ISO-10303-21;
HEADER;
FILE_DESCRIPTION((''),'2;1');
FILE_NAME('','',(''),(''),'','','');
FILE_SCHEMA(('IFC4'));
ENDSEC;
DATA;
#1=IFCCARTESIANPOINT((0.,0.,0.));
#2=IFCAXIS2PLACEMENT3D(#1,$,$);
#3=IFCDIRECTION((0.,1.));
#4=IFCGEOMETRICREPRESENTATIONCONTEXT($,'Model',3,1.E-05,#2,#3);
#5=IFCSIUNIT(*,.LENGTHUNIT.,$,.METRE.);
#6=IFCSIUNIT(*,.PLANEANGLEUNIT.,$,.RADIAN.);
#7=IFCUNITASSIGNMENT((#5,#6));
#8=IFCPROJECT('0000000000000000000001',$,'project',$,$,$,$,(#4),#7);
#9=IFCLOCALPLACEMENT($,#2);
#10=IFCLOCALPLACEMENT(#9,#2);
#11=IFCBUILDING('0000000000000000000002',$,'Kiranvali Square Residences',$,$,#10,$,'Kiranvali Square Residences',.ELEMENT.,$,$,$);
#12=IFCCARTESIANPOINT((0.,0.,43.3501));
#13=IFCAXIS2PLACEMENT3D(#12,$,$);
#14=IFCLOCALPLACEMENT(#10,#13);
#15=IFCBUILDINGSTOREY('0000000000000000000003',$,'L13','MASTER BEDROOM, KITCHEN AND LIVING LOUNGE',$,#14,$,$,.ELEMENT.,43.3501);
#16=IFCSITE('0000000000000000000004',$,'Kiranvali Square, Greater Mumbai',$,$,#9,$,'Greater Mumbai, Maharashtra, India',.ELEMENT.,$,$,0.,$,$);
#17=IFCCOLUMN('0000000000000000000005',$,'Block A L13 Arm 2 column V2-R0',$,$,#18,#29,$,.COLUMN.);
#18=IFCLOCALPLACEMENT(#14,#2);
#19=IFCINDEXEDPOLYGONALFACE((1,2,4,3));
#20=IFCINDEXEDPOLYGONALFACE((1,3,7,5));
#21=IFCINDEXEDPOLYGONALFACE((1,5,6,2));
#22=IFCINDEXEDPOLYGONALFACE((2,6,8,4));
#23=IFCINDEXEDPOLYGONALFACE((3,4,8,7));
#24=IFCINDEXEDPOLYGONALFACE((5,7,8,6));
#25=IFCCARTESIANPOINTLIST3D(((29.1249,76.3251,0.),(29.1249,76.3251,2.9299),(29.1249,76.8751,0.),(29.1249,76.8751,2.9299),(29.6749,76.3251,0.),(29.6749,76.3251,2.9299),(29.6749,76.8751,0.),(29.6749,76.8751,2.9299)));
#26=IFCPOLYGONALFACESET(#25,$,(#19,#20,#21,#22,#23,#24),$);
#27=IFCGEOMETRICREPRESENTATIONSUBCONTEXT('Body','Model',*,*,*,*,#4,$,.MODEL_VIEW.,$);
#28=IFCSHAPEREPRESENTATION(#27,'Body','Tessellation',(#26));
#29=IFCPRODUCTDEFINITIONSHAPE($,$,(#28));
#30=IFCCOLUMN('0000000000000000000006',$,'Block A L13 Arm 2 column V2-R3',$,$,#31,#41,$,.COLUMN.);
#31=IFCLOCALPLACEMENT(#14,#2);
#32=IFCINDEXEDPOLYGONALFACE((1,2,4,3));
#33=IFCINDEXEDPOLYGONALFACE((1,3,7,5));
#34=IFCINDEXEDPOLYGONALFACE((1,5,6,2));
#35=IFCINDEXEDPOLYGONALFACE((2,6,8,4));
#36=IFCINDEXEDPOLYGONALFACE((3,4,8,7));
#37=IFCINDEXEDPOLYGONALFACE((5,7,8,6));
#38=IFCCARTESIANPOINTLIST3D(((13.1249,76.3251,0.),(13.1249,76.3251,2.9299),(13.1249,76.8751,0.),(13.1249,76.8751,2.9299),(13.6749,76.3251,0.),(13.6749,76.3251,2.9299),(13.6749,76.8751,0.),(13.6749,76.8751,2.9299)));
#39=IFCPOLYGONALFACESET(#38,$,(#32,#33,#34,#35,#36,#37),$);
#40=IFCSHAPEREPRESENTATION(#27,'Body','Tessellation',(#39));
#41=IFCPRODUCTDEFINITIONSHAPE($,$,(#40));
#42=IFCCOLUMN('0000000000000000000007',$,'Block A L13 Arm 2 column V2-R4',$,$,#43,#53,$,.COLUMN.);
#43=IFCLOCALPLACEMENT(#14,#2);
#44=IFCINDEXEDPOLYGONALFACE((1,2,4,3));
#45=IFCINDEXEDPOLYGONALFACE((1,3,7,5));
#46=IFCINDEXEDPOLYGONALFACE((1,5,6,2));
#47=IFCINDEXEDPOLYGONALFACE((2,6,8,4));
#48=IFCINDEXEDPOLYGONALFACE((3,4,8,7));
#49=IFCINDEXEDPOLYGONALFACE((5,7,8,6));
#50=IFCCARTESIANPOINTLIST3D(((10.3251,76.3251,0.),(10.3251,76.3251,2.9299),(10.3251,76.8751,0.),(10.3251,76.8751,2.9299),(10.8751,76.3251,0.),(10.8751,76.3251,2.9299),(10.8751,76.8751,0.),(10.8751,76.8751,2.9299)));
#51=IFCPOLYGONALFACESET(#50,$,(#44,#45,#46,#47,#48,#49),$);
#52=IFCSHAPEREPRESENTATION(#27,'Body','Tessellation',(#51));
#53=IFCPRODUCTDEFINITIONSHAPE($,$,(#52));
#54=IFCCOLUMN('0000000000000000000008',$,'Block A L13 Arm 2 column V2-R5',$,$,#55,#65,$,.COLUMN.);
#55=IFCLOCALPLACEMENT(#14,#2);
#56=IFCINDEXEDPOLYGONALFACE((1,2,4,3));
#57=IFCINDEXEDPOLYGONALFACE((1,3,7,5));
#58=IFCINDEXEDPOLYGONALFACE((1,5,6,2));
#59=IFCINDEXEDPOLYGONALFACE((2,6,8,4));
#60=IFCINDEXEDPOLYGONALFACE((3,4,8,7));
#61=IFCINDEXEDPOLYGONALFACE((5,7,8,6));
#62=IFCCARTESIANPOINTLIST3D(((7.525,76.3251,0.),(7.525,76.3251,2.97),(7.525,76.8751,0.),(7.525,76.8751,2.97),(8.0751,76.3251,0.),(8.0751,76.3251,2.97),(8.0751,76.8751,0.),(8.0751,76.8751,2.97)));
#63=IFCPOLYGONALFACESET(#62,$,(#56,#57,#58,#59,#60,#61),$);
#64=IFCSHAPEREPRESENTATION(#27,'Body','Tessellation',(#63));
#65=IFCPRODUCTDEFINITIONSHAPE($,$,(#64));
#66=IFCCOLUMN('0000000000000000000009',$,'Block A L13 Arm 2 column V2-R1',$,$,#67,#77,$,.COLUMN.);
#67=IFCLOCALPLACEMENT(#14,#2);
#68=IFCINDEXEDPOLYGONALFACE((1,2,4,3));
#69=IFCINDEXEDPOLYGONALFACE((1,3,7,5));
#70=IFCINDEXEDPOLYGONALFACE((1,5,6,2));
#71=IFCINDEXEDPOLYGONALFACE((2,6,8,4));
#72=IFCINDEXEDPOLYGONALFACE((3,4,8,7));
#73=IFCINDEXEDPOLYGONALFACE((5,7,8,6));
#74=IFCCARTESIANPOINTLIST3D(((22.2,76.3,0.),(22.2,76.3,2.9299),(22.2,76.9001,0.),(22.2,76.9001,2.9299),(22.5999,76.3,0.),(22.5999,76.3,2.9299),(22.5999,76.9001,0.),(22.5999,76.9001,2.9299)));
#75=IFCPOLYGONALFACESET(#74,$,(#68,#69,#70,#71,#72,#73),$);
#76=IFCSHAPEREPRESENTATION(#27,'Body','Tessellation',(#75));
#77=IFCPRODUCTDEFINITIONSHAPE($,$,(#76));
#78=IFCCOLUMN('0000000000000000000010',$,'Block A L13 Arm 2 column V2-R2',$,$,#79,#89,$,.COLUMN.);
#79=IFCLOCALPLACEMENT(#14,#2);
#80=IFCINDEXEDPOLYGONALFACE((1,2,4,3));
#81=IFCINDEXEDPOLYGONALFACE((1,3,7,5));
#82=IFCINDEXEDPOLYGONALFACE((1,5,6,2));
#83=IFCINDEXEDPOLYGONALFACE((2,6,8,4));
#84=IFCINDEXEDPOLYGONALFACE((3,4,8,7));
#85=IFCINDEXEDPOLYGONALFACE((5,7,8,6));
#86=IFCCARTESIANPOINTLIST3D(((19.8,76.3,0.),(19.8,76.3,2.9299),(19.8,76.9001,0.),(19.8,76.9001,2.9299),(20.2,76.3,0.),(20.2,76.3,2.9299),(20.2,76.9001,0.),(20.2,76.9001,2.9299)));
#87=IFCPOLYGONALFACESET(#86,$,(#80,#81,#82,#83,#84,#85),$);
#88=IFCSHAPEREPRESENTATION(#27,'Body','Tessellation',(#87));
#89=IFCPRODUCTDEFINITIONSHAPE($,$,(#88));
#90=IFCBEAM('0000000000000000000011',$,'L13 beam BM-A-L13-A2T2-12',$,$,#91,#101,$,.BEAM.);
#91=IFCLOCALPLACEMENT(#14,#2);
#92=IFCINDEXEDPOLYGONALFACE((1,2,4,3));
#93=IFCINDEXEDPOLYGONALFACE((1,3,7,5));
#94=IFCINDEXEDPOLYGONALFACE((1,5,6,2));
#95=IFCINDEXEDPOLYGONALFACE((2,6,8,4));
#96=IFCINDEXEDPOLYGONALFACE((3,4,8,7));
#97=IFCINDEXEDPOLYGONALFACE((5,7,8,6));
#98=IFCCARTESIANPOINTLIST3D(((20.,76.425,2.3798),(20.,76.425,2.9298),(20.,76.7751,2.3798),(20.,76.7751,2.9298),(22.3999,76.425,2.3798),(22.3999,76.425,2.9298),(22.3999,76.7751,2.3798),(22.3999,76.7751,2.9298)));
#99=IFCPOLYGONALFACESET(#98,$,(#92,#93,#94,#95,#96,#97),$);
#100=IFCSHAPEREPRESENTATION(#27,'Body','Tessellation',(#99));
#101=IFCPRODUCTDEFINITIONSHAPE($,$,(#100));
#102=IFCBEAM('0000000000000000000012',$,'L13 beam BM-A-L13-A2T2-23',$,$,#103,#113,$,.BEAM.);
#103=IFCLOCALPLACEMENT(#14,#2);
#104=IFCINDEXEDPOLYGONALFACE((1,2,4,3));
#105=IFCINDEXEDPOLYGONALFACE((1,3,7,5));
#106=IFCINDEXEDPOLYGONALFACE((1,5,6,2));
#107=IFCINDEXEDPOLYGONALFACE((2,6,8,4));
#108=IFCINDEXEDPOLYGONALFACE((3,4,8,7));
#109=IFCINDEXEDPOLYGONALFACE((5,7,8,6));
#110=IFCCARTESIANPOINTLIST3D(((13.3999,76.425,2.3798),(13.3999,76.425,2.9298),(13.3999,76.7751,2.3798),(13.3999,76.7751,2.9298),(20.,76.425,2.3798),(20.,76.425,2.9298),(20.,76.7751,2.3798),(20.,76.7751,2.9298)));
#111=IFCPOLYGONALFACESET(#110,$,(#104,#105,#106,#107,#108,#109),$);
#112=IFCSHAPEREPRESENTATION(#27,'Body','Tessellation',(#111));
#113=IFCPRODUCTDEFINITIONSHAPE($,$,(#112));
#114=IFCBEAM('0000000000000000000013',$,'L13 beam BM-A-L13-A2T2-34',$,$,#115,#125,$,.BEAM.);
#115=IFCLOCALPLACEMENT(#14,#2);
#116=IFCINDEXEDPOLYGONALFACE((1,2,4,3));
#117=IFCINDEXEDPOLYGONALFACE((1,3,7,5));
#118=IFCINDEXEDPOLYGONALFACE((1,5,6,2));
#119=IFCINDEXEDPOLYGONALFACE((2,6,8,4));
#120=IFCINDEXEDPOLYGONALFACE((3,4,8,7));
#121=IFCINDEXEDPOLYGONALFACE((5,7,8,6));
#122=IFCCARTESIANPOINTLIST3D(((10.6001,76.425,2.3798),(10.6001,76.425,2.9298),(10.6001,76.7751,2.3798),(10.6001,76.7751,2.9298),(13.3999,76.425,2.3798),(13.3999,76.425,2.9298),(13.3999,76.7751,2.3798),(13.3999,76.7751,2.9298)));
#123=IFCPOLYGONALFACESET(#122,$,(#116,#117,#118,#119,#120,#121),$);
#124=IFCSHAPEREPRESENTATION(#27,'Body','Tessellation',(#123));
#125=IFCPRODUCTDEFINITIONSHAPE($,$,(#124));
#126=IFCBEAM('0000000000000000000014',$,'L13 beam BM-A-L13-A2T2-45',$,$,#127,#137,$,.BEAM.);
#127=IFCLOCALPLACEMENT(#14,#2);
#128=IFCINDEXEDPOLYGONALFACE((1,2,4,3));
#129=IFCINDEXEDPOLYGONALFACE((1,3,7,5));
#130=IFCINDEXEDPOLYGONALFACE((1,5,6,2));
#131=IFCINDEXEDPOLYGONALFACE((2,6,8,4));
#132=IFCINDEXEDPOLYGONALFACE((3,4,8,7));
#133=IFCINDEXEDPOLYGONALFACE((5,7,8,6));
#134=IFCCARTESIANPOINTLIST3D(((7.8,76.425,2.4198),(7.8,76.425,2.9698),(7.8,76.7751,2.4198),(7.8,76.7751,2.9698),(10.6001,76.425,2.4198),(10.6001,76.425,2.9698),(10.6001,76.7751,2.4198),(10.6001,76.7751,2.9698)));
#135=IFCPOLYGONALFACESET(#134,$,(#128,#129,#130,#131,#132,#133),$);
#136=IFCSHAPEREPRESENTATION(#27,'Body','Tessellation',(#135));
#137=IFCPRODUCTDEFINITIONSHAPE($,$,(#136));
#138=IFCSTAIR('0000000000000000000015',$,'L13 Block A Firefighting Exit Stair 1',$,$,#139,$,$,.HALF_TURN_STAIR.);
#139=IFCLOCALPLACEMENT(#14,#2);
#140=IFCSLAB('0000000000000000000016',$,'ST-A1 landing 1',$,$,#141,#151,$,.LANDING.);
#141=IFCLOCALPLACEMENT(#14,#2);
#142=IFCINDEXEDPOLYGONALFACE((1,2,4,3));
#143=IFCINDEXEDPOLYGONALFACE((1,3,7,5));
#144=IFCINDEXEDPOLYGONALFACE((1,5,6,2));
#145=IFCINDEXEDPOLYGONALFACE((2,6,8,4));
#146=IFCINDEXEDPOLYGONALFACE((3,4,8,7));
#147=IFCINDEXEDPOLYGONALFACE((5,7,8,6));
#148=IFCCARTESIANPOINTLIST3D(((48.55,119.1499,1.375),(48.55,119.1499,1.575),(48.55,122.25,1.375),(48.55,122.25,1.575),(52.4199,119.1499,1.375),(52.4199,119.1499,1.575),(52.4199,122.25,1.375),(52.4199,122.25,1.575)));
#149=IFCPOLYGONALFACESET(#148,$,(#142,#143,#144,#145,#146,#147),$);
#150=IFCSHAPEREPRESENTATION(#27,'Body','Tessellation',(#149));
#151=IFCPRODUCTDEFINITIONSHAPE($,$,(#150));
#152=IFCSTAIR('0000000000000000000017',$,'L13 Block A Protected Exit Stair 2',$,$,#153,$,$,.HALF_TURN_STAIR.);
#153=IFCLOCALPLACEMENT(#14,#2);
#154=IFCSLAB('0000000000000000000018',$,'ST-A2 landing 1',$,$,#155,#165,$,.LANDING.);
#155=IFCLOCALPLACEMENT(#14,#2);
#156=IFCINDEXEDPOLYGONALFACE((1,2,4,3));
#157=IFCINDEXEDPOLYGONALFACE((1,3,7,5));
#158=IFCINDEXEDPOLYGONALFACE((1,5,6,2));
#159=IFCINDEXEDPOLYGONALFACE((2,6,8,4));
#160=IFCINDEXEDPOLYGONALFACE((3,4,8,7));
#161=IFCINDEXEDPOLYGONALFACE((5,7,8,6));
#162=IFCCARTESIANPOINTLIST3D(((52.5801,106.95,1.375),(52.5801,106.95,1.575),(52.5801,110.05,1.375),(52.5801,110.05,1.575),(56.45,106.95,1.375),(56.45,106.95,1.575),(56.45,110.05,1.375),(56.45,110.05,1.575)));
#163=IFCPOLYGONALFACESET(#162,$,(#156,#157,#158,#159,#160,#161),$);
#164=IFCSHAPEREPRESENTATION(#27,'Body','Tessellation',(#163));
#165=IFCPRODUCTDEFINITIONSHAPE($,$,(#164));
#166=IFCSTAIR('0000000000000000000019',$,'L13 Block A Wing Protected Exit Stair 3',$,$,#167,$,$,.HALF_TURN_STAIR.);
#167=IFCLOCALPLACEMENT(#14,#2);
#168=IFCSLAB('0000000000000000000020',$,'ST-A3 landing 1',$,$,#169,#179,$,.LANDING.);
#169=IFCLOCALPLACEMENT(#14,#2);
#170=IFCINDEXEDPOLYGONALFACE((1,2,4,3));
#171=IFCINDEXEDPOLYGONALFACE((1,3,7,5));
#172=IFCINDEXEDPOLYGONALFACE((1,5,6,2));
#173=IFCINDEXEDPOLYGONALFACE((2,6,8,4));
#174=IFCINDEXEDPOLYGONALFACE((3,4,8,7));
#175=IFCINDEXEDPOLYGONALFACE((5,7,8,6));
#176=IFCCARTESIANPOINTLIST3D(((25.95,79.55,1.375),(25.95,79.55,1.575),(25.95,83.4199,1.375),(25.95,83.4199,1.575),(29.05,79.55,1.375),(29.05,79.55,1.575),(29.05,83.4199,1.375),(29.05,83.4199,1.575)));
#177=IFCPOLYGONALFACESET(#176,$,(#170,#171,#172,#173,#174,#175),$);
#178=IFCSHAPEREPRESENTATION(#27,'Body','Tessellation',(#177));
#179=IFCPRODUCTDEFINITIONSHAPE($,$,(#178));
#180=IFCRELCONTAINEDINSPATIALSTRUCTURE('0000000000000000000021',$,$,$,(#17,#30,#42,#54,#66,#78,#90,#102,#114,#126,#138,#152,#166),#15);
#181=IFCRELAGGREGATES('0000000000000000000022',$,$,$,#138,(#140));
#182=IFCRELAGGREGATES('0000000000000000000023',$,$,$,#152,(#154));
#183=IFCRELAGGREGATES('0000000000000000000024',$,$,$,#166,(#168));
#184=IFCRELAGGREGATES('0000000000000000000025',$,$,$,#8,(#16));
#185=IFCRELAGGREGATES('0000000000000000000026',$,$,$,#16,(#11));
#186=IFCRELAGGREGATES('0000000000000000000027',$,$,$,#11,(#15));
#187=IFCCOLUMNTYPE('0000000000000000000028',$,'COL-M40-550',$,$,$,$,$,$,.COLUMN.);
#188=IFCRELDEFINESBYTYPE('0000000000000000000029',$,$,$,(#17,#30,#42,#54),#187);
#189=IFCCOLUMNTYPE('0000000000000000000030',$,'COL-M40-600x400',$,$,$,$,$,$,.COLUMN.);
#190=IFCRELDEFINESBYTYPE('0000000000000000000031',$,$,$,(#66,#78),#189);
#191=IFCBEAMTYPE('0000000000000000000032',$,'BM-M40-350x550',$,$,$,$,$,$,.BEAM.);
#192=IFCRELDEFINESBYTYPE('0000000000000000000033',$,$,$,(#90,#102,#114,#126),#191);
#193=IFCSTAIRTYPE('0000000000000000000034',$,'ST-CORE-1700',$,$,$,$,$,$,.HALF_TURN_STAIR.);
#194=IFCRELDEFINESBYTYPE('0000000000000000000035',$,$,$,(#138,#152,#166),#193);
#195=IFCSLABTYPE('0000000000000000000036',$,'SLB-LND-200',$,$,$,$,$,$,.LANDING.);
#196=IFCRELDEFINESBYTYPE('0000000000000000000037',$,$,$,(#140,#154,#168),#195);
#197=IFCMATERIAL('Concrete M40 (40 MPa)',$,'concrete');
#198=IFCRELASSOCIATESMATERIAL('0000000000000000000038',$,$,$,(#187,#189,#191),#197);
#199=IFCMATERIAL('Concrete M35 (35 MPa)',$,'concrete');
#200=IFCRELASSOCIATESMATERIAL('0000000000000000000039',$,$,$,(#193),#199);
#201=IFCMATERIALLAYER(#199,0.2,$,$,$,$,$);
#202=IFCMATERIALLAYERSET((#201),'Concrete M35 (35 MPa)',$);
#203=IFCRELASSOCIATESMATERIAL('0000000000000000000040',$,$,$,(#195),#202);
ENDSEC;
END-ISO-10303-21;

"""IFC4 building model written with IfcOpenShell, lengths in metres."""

from ifc_helpers import new_model, si_unit, direction, frame, origin, origin_2d, place, context, subcontext, project, spatial, polyline, rectangle, outline, extrude, material, layer, layer_set, material_profile, profile_set, type_object, element, aggregate, save


model = new_model("IFC4")

# Units and contexts
model_context = context("Model", 3, precision=1e-05, world=origin(), true_north=direction((0.0, 1.0)))
body_context = subcontext(model_context, "Body", "Model", "MODEL_VIEW")
ifc_project = project(units=[si_unit("LENGTHUNIT", "METRE"), si_unit("PLANEANGLEUNIT", "RADIAN")], contexts=[model_context])

# Site, building, storey
site_placement = place(None, origin())
site = spatial("IfcSite", under=ifc_project, at=site_placement, Name="Kiranvali Square, Greater Mumbai", LongName="Greater Mumbai, Maharashtra, India", CompositionType="ELEMENT", RefElevation=0.0)
building_placement = place(site_placement, origin())
building = spatial("IfcBuilding", under=site, at=building_placement, Name="Kiranvali Square Residences", LongName="Kiranvali Square Residences", CompositionType="ELEMENT")
storey_placement = place(building_placement, frame((0.0, 0.0, 43.3501)))
storey = spatial("IfcBuildingStorey", under=building, at=storey_placement, Name="L13", Description="MASTER BEDROOM, KITCHEN AND LIVING LOUNGE", CompositionType="ELEMENT", Elevation=43.3501)

# Columns
ifc_material_1 = material(Name="Concrete M40 (40 MPa)", Category="concrete")
ifc_material_profile_1 = material_profile(ifc_material_1, rectangle(XDim=0.55, YDim=0.55, at=origin_2d()), Name="RC 550x550")
ifc_profile_set_1 = profile_set([ifc_material_profile_1], Name="Concrete M40 (40 MPa)")
column_type_1 = type_object("IfcColumnType", Name="COL-M40-550", PredefinedType="COLUMN", material=ifc_profile_set_1)
for number, where, z_axis, x_axis, name in (
    (1, (29.3999, 76.6001, 0.0), (0.0, 0.0, 1.0), (1.0, 0.0, 0.0), "Block A L13 Arm 2 column V2-R0"),
    (2, (13.3999, 76.6001, 0.0), (0.0, 0.0, 1.0), (1.0, 0.0, 0.0), "Block A L13 Arm 2 column V2-R3"),
    (3, (10.6001, 76.6001, 0.0), (0.0, 0.0, 1.0), (1.0, 0.0, 0.0), "Block A L13 Arm 2 column V2-R4"),
):
    element("IfcColumn", number, at=place(storey_placement, frame(where, z_axis=z_axis, x_axis=x_axis)), inside=storey, type_object=column_type_1, Name=name, PredefinedType="COLUMN", context=body_context, shape_type="SweptSolid", body=[
        extrude(rectangle(XDim=0.55, YDim=0.55, at=origin_2d()), origin(), (0.0, 0.0, 1.0), 2.9299),
    ])
column_placement = place(storey_placement, frame((7.8, 76.6001, 0.0), z_axis=(0.0, 0.0, 1.0), x_axis=(1.0, 0.0, 0.0)))
element("IfcColumn", 4, at=column_placement, inside=storey, type_object=column_type_1, Name="Block A L13 Arm 2 column V2-R5", PredefinedType="COLUMN", context=body_context, shape_type="SweptSolid", body=[
    extrude(rectangle(XDim=0.55, YDim=0.55, at=origin_2d()), origin(), (0.0, 0.0, 1.0), 2.97),
])
ifc_material_profile_2 = material_profile(ifc_material_1, rectangle(XDim=0.3999, YDim=0.6001, at=origin_2d()), Name="RC 600x400")
ifc_profile_set_2 = profile_set([ifc_material_profile_2], Name="Concrete M40 (40 MPa)")
column_type_2 = type_object("IfcColumnType", Name="COL-M40-600x400", PredefinedType="COLUMN", material=ifc_profile_set_2)
for number, where, z_axis, x_axis, name in (
    (5, (22.3999, 76.6001, 0.0), (0.0, 0.0, 1.0), (1.0, 0.0, 0.0), "Block A L13 Arm 2 column V2-R1"),
    (6, (20.0, 76.6001, 0.0), (0.0, 0.0, 1.0), (1.0, 0.0, 0.0), "Block A L13 Arm 2 column V2-R2"),
):
    element("IfcColumn", number, at=place(storey_placement, frame(where, z_axis=z_axis, x_axis=x_axis)), inside=storey, type_object=column_type_2, Name=name, PredefinedType="COLUMN", context=body_context, shape_type="SweptSolid", body=[
        extrude(rectangle(XDim=0.3999, YDim=0.6001, at=origin_2d()), origin(), (0.0, 0.0, 1.0), 2.9299),
    ])

# Beams
ifc_material_profile_3 = material_profile(ifc_material_1, rectangle(XDim=0.3501, YDim=0.55, at=origin_2d()), Name="RC 350x550")
ifc_profile_set_3 = profile_set([ifc_material_profile_3], Name="Concrete M40 (40 MPa)")
beam_type = type_object("IfcBeamType", Name="BM-M40-350x550", PredefinedType="BEAM", material=ifc_profile_set_3)
beam_1_placement = place(storey_placement, frame((22.3999, 76.6001, 2.6548), z_axis=(-1.0, 0.0, 0.0), x_axis=(0.0, -1.0, 0.0)))
element("IfcBeam", 7, at=beam_1_placement, inside=storey, type_object=beam_type, Name="L13 beam BM-A-L13-A2T2-12", PredefinedType="BEAM", context=body_context, shape_type="SweptSolid", body=[
    extrude(rectangle(XDim=0.3501, YDim=0.55, at=origin_2d()), origin(), (0.0, 0.0, 1.0), 2.3999),
])
beam_2_placement = place(storey_placement, frame((20.0, 76.6001, 2.6548), z_axis=(-1.0, 0.0, 0.0), x_axis=(0.0, -1.0, 0.0)))
element("IfcBeam", 8, at=beam_2_placement, inside=storey, type_object=beam_type, Name="L13 beam BM-A-L13-A2T2-23", PredefinedType="BEAM", context=body_context, shape_type="SweptSolid", body=[
    extrude(rectangle(XDim=0.3501, YDim=0.55, at=origin_2d()), origin(), (0.0, 0.0, 1.0), 6.6001),
])
beam_3_placement = place(storey_placement, frame((13.3999, 76.6001, 2.6548), z_axis=(-1.0, 0.0, 0.0), x_axis=(0.0, -1.0, 0.0)))
element("IfcBeam", 9, at=beam_3_placement, inside=storey, type_object=beam_type, Name="L13 beam BM-A-L13-A2T2-34", PredefinedType="BEAM", context=body_context, shape_type="SweptSolid", body=[
    extrude(rectangle(XDim=0.3501, YDim=0.55, at=origin_2d()), origin(), (0.0, 0.0, 1.0), 2.7998),
])
beam_4_placement = place(storey_placement, frame((10.6001, 76.6001, 2.6948), z_axis=(-1.0, 0.0, 0.0), x_axis=(0.0, -1.0, 0.0)))
element("IfcBeam", 10, at=beam_4_placement, inside=storey, type_object=beam_type, Name="L13 beam BM-A-L13-A2T2-45", PredefinedType="BEAM", context=body_context, shape_type="SweptSolid", body=[
    extrude(rectangle(XDim=0.3501, YDim=0.55, at=origin_2d()), origin(), (0.0, 0.0, 1.0), 2.8),
])

# Stairs, slabs
ifc_material_2 = material(Name="Concrete M35 (35 MPa)", Category="concrete")
stair_type = type_object("IfcStairType", Name="ST-CORE-1700", PredefinedType="HALF_TURN_STAIR", material=ifc_material_2)
stair_1_placement = place(storey_placement, origin())
stair_1 = element("IfcStair", 11, at=stair_1_placement, inside=storey, type_object=stair_type, Name="L13 Block A Firefighting Exit Stair 1", PredefinedType="HALF_TURN_STAIR")
ifc_layer_1 = layer(ifc_material_2, 0.2)
ifc_layer_set_1 = layer_set([ifc_layer_1], Name="Concrete M35 (35 MPa)")
slab_type = type_object("IfcSlabType", Name="SLB-LND-200", PredefinedType="LANDING", material=ifc_layer_set_1)
slab_1_placement = place(storey_placement, frame((0.0, 0.0, 1.375)))
slab_1 = element("IfcSlab", 12, at=slab_1_placement, type_object=slab_type, Name="ST-A1 landing 1", PredefinedType="LANDING", context=body_context, shape_type="SweptSolid", body=[
    extrude(outline(polyline([(52.4199, 122.25), (48.55, 122.25), (48.55, 119.1499), (52.4199, 119.1499), (52.4199, 122.25)])), origin(), (0.0, 0.0, 1.0), 0.2),
])
aggregate(stair_1, [slab_1])
stair_2_placement = place(storey_placement, origin())
stair_2 = element("IfcStair", 13, at=stair_2_placement, inside=storey, type_object=stair_type, Name="L13 Block A Protected Exit Stair 2", PredefinedType="HALF_TURN_STAIR")
slab_2_placement = place(storey_placement, frame((0.0, 0.0, 1.375)))
slab_2 = element("IfcSlab", 14, at=slab_2_placement, type_object=slab_type, Name="ST-A2 landing 1", PredefinedType="LANDING", context=body_context, shape_type="SweptSolid", body=[
    extrude(outline(polyline([(52.5801, 106.95), (56.45, 106.95), (56.45, 110.05), (52.5801, 110.05), (52.5801, 106.95)])), origin(), (0.0, 0.0, 1.0), 0.2),
])
aggregate(stair_2, [slab_2])
stair_3_placement = place(storey_placement, origin())
stair_3 = element("IfcStair", 15, at=stair_3_placement, inside=storey, type_object=stair_type, Name="L13 Block A Wing Protected Exit Stair 3", PredefinedType="HALF_TURN_STAIR")
slab_3_placement = place(storey_placement, frame((0.0, 0.0, 1.375)))
slab_3 = element("IfcSlab", 16, at=slab_3_placement, type_object=slab_type, Name="ST-A3 landing 1", PredefinedType="LANDING", context=body_context, shape_type="SweptSolid", body=[
    extrude(outline(polyline([(25.95, 83.4199), (25.95, 79.55), (29.05, 79.55), (29.05, 83.4199), (25.95, 83.4199)])), origin(), (0.0, 0.0, 1.0), 0.2),
])
aggregate(stair_3, [slab_3])

save(model, "model.ifc")
